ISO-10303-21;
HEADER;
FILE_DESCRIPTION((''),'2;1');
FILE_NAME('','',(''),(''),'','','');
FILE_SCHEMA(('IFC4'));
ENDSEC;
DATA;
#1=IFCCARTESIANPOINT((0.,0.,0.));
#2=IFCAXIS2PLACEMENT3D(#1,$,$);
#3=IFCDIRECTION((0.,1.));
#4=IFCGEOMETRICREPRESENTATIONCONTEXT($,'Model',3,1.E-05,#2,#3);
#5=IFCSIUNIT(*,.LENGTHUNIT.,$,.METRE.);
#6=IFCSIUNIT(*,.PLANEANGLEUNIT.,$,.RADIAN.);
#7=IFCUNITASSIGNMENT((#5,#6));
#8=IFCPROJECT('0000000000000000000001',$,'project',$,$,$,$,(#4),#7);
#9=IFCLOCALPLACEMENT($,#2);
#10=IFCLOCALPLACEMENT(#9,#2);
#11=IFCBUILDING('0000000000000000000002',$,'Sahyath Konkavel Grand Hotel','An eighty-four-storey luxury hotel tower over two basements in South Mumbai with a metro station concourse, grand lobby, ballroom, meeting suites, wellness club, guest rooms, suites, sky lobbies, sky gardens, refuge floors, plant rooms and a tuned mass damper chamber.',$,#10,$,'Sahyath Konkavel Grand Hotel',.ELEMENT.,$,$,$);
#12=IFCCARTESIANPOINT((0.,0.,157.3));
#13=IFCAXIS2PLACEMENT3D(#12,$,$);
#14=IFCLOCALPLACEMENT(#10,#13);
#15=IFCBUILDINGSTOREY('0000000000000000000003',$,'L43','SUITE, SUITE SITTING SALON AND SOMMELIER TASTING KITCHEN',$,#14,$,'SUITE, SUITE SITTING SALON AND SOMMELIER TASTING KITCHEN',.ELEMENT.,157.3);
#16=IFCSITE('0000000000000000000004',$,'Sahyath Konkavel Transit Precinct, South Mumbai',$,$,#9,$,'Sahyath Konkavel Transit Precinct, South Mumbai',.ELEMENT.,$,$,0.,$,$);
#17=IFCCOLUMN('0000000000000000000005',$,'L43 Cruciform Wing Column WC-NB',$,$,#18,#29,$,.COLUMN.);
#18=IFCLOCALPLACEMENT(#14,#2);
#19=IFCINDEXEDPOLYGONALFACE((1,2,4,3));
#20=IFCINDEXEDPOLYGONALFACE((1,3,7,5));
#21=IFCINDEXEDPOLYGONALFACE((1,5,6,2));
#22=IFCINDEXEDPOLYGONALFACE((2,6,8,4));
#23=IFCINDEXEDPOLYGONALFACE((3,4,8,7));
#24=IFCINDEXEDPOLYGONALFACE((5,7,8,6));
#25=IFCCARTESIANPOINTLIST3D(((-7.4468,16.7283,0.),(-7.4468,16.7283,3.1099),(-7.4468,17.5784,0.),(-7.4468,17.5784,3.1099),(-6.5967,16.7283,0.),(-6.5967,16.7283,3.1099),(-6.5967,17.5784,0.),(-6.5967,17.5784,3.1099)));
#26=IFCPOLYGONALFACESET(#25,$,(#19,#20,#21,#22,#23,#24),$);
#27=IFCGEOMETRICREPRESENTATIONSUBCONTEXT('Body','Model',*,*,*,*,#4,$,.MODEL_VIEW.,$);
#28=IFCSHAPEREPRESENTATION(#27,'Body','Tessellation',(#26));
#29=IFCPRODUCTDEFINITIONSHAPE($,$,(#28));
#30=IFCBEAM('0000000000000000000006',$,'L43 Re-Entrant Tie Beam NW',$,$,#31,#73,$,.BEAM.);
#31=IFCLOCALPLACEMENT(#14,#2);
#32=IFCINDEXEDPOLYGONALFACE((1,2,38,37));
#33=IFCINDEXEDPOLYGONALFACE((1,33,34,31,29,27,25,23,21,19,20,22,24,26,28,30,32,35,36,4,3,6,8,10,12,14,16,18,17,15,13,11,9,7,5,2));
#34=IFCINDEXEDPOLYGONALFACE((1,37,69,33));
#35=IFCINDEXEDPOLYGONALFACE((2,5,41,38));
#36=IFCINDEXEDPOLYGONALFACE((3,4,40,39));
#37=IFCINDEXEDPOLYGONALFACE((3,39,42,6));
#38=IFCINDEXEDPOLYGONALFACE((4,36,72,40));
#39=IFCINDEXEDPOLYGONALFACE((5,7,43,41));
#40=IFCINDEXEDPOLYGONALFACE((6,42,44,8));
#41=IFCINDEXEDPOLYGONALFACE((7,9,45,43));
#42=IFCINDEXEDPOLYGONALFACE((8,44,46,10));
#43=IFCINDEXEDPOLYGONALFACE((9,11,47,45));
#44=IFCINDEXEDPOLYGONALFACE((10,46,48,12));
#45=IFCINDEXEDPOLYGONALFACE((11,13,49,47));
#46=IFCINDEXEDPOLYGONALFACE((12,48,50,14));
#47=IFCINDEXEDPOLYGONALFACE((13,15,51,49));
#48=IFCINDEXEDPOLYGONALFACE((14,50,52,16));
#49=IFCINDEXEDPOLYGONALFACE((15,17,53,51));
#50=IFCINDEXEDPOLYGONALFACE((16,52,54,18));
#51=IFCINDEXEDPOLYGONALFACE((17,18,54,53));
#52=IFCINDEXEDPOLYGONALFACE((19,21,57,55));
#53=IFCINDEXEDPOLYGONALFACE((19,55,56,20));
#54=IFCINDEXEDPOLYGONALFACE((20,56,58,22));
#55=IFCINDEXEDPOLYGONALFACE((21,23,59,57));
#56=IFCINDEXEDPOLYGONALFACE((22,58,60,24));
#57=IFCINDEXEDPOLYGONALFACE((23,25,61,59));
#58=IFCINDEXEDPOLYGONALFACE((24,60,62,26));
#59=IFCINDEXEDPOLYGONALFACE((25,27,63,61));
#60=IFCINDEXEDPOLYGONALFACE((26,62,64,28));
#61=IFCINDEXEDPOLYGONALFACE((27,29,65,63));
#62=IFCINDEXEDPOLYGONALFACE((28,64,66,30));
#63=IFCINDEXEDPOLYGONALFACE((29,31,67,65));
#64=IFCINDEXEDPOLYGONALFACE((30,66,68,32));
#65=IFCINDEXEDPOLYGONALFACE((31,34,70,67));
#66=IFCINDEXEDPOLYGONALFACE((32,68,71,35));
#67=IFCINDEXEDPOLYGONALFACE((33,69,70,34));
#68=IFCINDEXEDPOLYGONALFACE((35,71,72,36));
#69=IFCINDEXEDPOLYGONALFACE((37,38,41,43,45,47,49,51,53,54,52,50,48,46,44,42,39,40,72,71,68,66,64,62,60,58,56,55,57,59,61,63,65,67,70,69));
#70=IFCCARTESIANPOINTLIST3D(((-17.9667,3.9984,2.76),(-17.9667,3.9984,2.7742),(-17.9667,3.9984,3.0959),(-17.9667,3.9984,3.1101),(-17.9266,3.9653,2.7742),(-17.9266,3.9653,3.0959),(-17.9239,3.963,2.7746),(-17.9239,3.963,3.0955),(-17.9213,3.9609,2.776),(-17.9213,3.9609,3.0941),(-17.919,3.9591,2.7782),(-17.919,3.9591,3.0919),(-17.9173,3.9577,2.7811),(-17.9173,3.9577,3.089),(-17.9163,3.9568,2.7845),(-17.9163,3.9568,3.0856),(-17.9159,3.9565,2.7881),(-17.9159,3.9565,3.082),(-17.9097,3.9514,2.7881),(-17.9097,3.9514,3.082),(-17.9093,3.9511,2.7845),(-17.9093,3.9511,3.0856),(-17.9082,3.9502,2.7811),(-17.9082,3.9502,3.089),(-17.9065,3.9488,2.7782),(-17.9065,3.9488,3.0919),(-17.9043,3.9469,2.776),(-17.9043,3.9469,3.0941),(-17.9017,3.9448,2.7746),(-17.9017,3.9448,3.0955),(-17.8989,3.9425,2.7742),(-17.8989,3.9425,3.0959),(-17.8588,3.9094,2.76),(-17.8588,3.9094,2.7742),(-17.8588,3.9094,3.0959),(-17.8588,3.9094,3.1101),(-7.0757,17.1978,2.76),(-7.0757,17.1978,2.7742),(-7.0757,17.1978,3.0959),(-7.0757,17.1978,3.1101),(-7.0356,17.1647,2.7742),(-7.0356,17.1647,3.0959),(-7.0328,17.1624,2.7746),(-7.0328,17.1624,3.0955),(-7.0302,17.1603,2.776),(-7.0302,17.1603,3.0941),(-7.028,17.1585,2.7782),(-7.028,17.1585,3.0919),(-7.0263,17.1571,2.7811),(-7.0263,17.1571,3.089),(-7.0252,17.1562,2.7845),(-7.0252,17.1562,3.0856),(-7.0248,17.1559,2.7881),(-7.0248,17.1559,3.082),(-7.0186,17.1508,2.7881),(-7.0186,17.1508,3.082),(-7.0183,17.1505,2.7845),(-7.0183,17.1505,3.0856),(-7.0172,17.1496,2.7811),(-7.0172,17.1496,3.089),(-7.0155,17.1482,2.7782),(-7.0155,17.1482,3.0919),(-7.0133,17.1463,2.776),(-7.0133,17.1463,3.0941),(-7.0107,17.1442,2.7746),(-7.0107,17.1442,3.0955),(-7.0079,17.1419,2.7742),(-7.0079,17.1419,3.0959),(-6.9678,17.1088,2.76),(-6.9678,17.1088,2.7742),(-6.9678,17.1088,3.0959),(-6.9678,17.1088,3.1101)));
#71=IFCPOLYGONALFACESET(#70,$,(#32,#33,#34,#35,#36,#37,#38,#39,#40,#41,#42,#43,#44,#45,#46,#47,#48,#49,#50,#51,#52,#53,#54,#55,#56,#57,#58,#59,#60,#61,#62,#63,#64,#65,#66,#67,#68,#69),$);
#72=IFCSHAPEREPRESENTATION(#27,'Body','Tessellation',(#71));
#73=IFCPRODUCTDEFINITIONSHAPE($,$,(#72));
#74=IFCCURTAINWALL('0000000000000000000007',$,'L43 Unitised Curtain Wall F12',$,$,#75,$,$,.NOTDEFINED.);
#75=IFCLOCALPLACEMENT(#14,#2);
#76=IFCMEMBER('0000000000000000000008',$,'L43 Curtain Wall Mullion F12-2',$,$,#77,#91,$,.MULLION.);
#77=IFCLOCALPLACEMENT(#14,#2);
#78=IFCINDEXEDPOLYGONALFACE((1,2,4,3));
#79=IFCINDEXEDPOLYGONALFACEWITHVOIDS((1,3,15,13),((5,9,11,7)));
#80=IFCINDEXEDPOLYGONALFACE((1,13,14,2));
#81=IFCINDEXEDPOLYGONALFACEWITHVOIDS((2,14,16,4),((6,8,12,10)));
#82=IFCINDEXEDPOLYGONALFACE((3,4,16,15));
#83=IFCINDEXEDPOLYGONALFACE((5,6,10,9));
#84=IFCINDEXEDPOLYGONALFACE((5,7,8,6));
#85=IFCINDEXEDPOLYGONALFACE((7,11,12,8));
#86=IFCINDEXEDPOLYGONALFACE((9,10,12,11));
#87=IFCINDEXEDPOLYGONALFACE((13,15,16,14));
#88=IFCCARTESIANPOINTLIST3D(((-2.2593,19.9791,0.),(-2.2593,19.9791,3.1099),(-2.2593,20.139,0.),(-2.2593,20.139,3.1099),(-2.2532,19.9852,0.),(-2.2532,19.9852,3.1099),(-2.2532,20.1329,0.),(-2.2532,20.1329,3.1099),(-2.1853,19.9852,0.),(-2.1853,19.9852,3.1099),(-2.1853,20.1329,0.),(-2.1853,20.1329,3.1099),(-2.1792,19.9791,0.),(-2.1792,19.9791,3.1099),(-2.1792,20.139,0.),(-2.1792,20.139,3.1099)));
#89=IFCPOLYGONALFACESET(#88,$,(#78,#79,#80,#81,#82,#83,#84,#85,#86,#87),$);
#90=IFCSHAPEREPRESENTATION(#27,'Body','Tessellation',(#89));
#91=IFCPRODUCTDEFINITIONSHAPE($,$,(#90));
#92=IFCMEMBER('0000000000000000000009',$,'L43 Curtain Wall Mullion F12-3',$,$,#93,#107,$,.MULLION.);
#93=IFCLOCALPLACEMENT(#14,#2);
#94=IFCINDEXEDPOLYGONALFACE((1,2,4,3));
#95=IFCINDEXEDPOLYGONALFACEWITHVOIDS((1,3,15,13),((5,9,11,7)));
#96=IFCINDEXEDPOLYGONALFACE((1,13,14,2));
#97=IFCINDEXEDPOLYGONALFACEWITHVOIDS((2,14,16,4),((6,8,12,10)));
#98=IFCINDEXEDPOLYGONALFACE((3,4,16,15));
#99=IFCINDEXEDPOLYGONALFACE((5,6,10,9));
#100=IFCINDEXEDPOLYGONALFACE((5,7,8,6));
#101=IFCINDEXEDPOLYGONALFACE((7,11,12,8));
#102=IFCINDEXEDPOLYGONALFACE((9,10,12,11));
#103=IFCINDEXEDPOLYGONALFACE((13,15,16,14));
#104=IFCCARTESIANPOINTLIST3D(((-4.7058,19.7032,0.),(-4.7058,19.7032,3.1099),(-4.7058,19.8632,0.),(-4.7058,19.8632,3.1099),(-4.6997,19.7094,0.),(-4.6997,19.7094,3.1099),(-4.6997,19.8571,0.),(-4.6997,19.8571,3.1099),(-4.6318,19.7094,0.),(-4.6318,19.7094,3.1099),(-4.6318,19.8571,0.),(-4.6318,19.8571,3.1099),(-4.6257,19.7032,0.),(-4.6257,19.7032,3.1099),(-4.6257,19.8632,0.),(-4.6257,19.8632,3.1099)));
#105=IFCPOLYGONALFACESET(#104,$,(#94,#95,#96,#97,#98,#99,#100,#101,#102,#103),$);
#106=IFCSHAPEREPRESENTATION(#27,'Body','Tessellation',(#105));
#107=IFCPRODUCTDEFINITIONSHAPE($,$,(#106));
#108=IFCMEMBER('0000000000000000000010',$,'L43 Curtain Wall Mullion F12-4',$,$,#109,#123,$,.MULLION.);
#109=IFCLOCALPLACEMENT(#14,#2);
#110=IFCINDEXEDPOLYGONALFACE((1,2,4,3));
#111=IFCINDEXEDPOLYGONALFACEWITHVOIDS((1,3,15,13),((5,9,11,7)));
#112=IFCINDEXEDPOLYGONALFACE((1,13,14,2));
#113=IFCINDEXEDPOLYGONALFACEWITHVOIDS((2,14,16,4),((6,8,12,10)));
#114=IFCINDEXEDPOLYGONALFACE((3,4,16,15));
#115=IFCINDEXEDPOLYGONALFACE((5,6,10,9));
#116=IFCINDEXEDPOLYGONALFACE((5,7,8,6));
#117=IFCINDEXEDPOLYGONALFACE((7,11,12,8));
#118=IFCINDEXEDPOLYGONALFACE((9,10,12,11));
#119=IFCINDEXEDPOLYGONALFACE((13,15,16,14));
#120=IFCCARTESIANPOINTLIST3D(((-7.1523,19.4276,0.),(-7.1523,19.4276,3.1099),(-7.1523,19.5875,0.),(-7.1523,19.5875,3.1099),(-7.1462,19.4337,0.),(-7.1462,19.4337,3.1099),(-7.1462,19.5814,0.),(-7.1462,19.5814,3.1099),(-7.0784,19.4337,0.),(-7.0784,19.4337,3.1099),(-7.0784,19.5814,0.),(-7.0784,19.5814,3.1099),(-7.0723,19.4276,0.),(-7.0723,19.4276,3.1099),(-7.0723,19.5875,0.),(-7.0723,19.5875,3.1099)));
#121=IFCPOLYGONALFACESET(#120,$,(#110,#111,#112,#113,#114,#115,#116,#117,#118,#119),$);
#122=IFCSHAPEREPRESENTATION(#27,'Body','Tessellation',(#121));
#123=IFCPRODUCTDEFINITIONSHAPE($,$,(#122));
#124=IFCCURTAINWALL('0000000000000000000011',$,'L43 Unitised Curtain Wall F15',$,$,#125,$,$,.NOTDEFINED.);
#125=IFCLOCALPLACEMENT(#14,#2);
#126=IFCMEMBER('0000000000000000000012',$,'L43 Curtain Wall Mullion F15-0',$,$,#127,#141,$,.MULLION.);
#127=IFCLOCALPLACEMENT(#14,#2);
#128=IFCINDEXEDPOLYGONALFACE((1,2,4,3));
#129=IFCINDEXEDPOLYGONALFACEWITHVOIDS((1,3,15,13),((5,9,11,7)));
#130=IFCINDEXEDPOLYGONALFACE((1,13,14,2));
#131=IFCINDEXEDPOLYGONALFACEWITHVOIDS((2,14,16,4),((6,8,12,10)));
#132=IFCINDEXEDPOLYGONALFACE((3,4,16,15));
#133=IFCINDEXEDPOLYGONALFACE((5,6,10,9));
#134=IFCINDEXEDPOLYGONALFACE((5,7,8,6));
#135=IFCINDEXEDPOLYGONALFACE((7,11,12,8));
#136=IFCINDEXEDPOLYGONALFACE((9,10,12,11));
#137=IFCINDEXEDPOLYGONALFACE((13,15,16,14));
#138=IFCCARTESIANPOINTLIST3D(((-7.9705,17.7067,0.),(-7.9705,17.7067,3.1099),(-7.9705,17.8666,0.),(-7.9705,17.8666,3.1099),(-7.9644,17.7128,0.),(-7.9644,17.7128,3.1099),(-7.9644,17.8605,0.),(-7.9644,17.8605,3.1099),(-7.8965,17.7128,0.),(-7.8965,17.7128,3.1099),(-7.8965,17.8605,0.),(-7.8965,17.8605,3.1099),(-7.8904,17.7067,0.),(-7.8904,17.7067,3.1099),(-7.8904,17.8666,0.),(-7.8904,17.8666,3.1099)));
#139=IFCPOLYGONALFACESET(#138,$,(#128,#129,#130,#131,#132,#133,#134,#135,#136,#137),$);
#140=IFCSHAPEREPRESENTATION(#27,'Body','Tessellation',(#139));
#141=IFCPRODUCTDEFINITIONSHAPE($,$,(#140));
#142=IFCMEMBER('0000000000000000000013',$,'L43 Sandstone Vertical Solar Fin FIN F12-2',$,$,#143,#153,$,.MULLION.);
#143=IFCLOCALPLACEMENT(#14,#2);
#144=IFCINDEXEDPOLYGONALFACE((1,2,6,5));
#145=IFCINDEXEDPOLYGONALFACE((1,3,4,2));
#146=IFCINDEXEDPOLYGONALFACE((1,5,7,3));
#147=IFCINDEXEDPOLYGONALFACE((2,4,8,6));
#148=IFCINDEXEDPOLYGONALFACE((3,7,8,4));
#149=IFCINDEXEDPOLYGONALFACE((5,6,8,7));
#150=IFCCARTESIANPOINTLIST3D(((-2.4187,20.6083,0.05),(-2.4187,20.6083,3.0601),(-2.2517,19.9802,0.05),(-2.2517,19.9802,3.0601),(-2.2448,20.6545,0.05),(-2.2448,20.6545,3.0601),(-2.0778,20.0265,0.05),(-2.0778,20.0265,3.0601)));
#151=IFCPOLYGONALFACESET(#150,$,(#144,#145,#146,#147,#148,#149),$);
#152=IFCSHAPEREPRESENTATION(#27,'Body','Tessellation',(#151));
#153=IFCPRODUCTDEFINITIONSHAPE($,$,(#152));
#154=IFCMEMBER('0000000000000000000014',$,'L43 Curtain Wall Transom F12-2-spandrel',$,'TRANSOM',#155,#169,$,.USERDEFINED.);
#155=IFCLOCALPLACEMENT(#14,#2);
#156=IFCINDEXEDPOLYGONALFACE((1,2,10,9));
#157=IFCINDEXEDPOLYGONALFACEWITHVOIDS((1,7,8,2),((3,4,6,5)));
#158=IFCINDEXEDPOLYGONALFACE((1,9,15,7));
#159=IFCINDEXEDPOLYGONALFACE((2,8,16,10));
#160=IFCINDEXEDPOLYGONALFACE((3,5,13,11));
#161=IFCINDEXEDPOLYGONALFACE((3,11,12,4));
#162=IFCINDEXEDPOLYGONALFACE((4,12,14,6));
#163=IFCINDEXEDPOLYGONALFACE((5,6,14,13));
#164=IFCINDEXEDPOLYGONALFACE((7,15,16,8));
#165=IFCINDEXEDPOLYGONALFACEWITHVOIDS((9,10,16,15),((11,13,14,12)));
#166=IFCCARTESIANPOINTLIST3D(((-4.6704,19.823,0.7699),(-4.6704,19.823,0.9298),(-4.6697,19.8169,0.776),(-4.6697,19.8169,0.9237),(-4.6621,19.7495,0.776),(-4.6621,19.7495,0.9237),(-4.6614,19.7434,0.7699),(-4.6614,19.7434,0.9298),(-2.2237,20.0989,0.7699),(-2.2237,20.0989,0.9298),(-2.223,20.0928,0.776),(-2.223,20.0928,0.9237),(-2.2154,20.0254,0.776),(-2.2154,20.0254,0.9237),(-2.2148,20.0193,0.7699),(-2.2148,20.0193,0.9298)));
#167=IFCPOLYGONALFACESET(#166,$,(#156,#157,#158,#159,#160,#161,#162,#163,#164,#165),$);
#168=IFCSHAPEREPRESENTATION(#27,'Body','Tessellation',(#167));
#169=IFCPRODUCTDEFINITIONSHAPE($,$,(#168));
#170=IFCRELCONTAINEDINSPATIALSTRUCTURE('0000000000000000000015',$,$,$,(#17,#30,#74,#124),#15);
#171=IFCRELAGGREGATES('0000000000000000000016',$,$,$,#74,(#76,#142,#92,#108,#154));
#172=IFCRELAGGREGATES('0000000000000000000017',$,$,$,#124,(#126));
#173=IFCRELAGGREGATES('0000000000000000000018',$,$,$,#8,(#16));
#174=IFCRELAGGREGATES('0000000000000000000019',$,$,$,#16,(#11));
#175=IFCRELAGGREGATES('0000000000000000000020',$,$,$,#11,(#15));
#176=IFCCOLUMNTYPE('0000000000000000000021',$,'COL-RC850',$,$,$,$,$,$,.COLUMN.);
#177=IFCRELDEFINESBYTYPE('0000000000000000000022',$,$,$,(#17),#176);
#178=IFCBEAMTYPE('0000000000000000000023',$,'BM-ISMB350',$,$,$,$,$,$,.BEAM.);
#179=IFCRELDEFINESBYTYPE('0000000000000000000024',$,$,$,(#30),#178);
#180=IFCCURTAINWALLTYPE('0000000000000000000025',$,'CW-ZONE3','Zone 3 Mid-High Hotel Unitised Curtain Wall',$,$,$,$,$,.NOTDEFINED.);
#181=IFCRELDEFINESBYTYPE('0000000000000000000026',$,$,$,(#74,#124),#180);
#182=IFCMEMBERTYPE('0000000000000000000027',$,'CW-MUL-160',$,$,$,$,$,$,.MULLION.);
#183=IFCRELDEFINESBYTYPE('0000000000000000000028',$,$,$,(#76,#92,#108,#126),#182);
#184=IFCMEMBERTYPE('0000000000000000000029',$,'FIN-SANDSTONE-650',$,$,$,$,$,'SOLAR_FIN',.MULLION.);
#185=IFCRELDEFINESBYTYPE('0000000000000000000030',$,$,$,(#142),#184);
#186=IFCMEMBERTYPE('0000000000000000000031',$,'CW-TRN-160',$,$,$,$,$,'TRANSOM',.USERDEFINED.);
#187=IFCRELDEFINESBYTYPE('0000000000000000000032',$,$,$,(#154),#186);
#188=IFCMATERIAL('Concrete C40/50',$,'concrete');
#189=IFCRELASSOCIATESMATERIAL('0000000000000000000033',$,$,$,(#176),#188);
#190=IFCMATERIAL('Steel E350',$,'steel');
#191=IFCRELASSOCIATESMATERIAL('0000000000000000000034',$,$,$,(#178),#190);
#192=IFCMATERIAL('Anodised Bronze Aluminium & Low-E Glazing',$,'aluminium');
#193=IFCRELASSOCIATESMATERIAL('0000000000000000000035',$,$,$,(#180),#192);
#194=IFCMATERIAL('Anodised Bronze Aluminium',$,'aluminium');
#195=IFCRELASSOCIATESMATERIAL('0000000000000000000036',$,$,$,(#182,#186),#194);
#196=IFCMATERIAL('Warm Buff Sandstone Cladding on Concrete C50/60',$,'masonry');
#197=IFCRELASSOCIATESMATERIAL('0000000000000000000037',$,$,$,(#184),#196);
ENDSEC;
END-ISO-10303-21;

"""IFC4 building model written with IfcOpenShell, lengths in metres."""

from ifc_helpers import new_model, si_unit, direction, frame, origin, origin_2d, place, context, subcontext, project, spatial, rectangle, hollow_rectangle, i_section, extrude, source, transform, mapped, material, material_profile, profile_set, type_object, element, aggregate, save


model = new_model("IFC4")

# Units and contexts
model_context = context("Model", 3, precision=1e-05, world=origin(), true_north=direction((0.0, 1.0)))
body_context = subcontext(model_context, "Body", "Model", "MODEL_VIEW")
ifc_project = project(units=[si_unit("LENGTHUNIT", "METRE"), si_unit("PLANEANGLEUNIT", "RADIAN")], contexts=[model_context])

# Site, building, storey
site_placement = place(None, origin())
site = spatial("IfcSite", under=ifc_project, at=site_placement, Name="Sahyath Konkavel Transit Precinct, South Mumbai", LongName="Sahyath Konkavel Transit Precinct, South Mumbai", CompositionType="ELEMENT", RefElevation=0.0)
building_placement = place(site_placement, origin())
building = spatial("IfcBuilding", under=site, at=building_placement, Name="Sahyath Konkavel Grand Hotel", Description="An eighty-four-storey luxury hotel tower over two basements in South Mumbai with a metro station concourse, grand lobby, ballroom, meeting suites, wellness club, guest rooms, suites, sky lobbies, sky gardens, refuge floors, plant rooms and a tuned mass damper chamber.", LongName="Sahyath Konkavel Grand Hotel", CompositionType="ELEMENT")
storey_placement = place(building_placement, frame((0.0, 0.0, 157.3)))
storey = spatial("IfcBuildingStorey", under=building, at=storey_placement, Name="L43", Description="SUITE, SUITE SITTING SALON AND SOMMELIER TASTING KITCHEN", LongName="SUITE, SUITE SITTING SALON AND SOMMELIER TASTING KITCHEN", CompositionType="ELEMENT", Elevation=157.3)

# Column
ifc_material_1 = material(Name="Concrete C40/50", Category="concrete")
ifc_material_profile_1 = material_profile(ifc_material_1, rectangle(XDim=0.8501, YDim=0.8501, at=origin_2d()), Name="RC 850x850")
ifc_profile_set_1 = profile_set([ifc_material_profile_1], Name="Concrete C40/50")
column_type = type_object("IfcColumnType", Name="COL-RC850", PredefinedType="COLUMN", material=ifc_profile_set_1)
shared_shape_1 = source(origin(), body_context, "Body", "SweptSolid", [
    extrude(rectangle(XDim=0.8501, YDim=0.8501, at=origin_2d()), origin(), (0.0, 0.0, 1.0), 3.1099),
])
column_placement = place(storey_placement, frame((-7.0217, 17.1533, 0.0), z_axis=(0.0, 0.0, 1.0), x_axis=(1.0, 0.0, 0.0)))
element("IfcColumn", 1, at=column_placement, inside=storey, type_object=column_type, Name="L43 Cruciform Wing Column WC-NB", PredefinedType="COLUMN", context=body_context, shape_type="MappedRepresentation", body=[
    mapped(shared_shape_1, transform((0.0, 0.0, 0.0), scale=1.0)),
])

# Beam
ifc_material_2 = material(Name="Steel E350", Category="steel")
ifc_material_profile_2 = material_profile(ifc_material_2, i_section(OverallWidth=0.1399, OverallDepth=0.3501, WebThickness=0.0081, FlangeThickness=0.0142, FilletRadius=0.0139, at=origin_2d()), Name="ISMB 350")
ifc_profile_set_2 = profile_set([ifc_material_profile_2], Name="Steel E350")
beam_type = type_object("IfcBeamType", Name="BM-ISMB350", PredefinedType="BEAM", material=ifc_profile_set_2)
shared_shape_2 = source(origin(), body_context, "Body", "SweptSolid", [
    extrude(i_section(OverallWidth=0.1399, OverallDepth=0.3501, WebThickness=0.0081, FlangeThickness=0.0142, FilletRadius=0.0139, at=origin_2d()), origin(), (0.0, 0.0, 1.0), 17.1125),
])
beam_placement = place(storey_placement, frame((-7.0217, 17.1533, 2.9351), z_axis=(-0.636437, -0.771329, 0.0), x_axis=(0.771329, -0.636437, 0.0)))
element("IfcBeam", 2, at=beam_placement, inside=storey, type_object=beam_type, Name="L43 Re-Entrant Tie Beam NW", PredefinedType="BEAM", context=body_context, shape_type="MappedRepresentation", body=[
    mapped(shared_shape_2, transform((0.0, 0.0, 0.0), scale=1.0)),
])

# Curtain wall, members
ifc_material_3 = material(Name="Anodised Bronze Aluminium & Low-E Glazing", Category="aluminium")
curtain_wall_type = type_object("IfcCurtainWallType", Name="CW-ZONE3", Description="Zone 3 Mid-High Hotel Unitised Curtain Wall", PredefinedType="NOTDEFINED", material=ifc_material_3)
curtain_wall_1_placement = place(storey_placement, origin())
curtain_wall_1 = element("IfcCurtainWall", 3, at=curtain_wall_1_placement, inside=storey, type_object=curtain_wall_type, Name="L43 Unitised Curtain Wall F12", PredefinedType="NOTDEFINED")
ifc_material_4 = material(Name="Anodised Bronze Aluminium", Category="aluminium")
ifc_material_profile_3 = material_profile(ifc_material_4, hollow_rectangle(XDim=0.0801, YDim=0.1599, WallThickness=0.0061, at=origin_2d()), Name="RHS 160x80x6")
ifc_profile_set_3 = profile_set([ifc_material_profile_3], Name="Anodised Bronze Aluminium")
member_type_1 = type_object("IfcMemberType", Name="CW-MUL-160", PredefinedType="MULLION", material=ifc_profile_set_3)
shared_shape_3 = source(origin(), body_context, "Body", "SweptSolid", [
    extrude(hollow_rectangle(XDim=0.0801, YDim=0.1599, WallThickness=0.0061, at=origin_2d()), origin(), (0.0, 0.0, 1.0), 3.1099),
])
member_1_placement = place(storey_placement, frame((-2.2192, 20.0591, 0.0), z_axis=(0.0, 0.0, 1.0), x_axis=(1.0, 0.0, 0.0)))
member_1 = element("IfcMember", 4, at=member_1_placement, type_object=member_type_1, Name="L43 Curtain Wall Mullion F12-2", PredefinedType="MULLION", context=body_context, shape_type="MappedRepresentation", body=[
    mapped(shared_shape_3, transform((0.0, 0.0, 0.0), scale=1.0)),
])
member_2_placement = place(storey_placement, frame((-4.6658, 19.7832, 0.0), z_axis=(0.0, 0.0, 1.0), x_axis=(1.0, 0.0, 0.0)))
member_2 = element("IfcMember", 5, at=member_2_placement, type_object=member_type_1, Name="L43 Curtain Wall Mullion F12-3", PredefinedType="MULLION", context=body_context, shape_type="MappedRepresentation", body=[
    mapped(shared_shape_3, transform((0.0, 0.0, 0.0), scale=1.0)),
])
member_3_placement = place(storey_placement, frame((-7.1123, 19.5076, 0.0), z_axis=(0.0, 0.0, 1.0), x_axis=(1.0, 0.0, 0.0)))
member_3 = element("IfcMember", 6, at=member_3_placement, type_object=member_type_1, Name="L43 Curtain Wall Mullion F12-4", PredefinedType="MULLION", context=body_context, shape_type="MappedRepresentation", body=[
    mapped(shared_shape_3, transform((0.0, 0.0, 0.0), scale=1.0)),
])

# Curtain wall, member
curtain_wall_2_placement = place(storey_placement, origin())
curtain_wall_2 = element("IfcCurtainWall", 7, at=curtain_wall_2_placement, inside=storey, type_object=curtain_wall_type, Name="L43 Unitised Curtain Wall F15", PredefinedType="NOTDEFINED")
member_4_placement = place(storey_placement, frame((-7.9304, 17.7866, 0.0), z_axis=(0.0, 0.0, 1.0), x_axis=(1.0, 0.0, 0.0)))
member_4 = element("IfcMember", 8, at=member_4_placement, type_object=member_type_1, Name="L43 Curtain Wall Mullion F15-0", PredefinedType="MULLION", context=body_context, shape_type="MappedRepresentation", body=[
    mapped(shared_shape_3, transform((0.0, 0.0, 0.0), scale=1.0)),
])

# Members
ifc_material_5 = material(Name="Warm Buff Sandstone Cladding on Concrete C50/60", Category="masonry")
ifc_material_profile_4 = material_profile(ifc_material_5, rectangle(XDim=0.1799, YDim=0.6499, at=origin_2d()), Name="FIN 180x650")
ifc_profile_set_4 = profile_set([ifc_material_profile_4], Name="Warm Buff Sandstone Cladding on Concrete C50/60")
member_type_2 = type_object("IfcMemberType", Name="FIN-SANDSTONE-650", ElementType="SOLAR_FIN", PredefinedType="MULLION", material=ifc_profile_set_4)
shared_shape_4 = source(origin(), body_context, "Body", "SweptSolid", [
    extrude(rectangle(XDim=0.1799, YDim=0.6499, at=origin_2d()), origin(), (0.0, 0.0, 1.0), 3.01),
])
member_5_placement = place(storey_placement, frame((-2.2483, 20.3174, 0.05), z_axis=(0.0, 0.0, 1.0), x_axis=(0.966421, 0.256964, 0.0)))
member_5 = element("IfcMember", 9, at=member_5_placement, type_object=member_type_2, Name="L43 Sandstone Vertical Solar Fin FIN F12-2", PredefinedType="MULLION", context=body_context, shape_type="MappedRepresentation", body=[
    mapped(shared_shape_4, transform((0.0, 0.0, 0.0), scale=1.0)),
])
ifc_material_profile_5 = material_profile(ifc_material_4, hollow_rectangle(XDim=0.0801, YDim=0.1599, WallThickness=0.0061, at=origin_2d()), Name="RHS 160x80x6")
ifc_profile_set_5 = profile_set([ifc_material_profile_5], Name="Anodised Bronze Aluminium")
member_type_3 = type_object("IfcMemberType", Name="CW-TRN-160", ElementType="TRANSOM", PredefinedType="USERDEFINED", material=ifc_profile_set_5)
shared_shape_5 = source(origin(), body_context, "Body", "SweptSolid", [
    extrude(hollow_rectangle(XDim=0.0801, YDim=0.1599, WallThickness=0.0061, at=origin_2d()), origin(), (0.0, 0.0, 1.0), 2.4622),
])
member_6_placement = place(storey_placement, frame((-2.2192, 20.0591, 0.8499), z_axis=(-0.993702, -0.112053, 0.0), x_axis=(0.112053, -0.993702, 0.0)))
member_6 = element("IfcMember", 10, at=member_6_placement, type_object=member_type_3, Name="L43 Curtain Wall Transom F12-2-spandrel", ObjectType="TRANSOM", PredefinedType="USERDEFINED", context=body_context, shape_type="MappedRepresentation", body=[
    mapped(shared_shape_5, transform((0.0, 0.0, 0.0), scale=1.0)),
])

aggregate(curtain_wall_1, [member_1, member_5, member_2, member_3, member_6])
aggregate(curtain_wall_2, [member_4])

save(model, "model.ifc")
